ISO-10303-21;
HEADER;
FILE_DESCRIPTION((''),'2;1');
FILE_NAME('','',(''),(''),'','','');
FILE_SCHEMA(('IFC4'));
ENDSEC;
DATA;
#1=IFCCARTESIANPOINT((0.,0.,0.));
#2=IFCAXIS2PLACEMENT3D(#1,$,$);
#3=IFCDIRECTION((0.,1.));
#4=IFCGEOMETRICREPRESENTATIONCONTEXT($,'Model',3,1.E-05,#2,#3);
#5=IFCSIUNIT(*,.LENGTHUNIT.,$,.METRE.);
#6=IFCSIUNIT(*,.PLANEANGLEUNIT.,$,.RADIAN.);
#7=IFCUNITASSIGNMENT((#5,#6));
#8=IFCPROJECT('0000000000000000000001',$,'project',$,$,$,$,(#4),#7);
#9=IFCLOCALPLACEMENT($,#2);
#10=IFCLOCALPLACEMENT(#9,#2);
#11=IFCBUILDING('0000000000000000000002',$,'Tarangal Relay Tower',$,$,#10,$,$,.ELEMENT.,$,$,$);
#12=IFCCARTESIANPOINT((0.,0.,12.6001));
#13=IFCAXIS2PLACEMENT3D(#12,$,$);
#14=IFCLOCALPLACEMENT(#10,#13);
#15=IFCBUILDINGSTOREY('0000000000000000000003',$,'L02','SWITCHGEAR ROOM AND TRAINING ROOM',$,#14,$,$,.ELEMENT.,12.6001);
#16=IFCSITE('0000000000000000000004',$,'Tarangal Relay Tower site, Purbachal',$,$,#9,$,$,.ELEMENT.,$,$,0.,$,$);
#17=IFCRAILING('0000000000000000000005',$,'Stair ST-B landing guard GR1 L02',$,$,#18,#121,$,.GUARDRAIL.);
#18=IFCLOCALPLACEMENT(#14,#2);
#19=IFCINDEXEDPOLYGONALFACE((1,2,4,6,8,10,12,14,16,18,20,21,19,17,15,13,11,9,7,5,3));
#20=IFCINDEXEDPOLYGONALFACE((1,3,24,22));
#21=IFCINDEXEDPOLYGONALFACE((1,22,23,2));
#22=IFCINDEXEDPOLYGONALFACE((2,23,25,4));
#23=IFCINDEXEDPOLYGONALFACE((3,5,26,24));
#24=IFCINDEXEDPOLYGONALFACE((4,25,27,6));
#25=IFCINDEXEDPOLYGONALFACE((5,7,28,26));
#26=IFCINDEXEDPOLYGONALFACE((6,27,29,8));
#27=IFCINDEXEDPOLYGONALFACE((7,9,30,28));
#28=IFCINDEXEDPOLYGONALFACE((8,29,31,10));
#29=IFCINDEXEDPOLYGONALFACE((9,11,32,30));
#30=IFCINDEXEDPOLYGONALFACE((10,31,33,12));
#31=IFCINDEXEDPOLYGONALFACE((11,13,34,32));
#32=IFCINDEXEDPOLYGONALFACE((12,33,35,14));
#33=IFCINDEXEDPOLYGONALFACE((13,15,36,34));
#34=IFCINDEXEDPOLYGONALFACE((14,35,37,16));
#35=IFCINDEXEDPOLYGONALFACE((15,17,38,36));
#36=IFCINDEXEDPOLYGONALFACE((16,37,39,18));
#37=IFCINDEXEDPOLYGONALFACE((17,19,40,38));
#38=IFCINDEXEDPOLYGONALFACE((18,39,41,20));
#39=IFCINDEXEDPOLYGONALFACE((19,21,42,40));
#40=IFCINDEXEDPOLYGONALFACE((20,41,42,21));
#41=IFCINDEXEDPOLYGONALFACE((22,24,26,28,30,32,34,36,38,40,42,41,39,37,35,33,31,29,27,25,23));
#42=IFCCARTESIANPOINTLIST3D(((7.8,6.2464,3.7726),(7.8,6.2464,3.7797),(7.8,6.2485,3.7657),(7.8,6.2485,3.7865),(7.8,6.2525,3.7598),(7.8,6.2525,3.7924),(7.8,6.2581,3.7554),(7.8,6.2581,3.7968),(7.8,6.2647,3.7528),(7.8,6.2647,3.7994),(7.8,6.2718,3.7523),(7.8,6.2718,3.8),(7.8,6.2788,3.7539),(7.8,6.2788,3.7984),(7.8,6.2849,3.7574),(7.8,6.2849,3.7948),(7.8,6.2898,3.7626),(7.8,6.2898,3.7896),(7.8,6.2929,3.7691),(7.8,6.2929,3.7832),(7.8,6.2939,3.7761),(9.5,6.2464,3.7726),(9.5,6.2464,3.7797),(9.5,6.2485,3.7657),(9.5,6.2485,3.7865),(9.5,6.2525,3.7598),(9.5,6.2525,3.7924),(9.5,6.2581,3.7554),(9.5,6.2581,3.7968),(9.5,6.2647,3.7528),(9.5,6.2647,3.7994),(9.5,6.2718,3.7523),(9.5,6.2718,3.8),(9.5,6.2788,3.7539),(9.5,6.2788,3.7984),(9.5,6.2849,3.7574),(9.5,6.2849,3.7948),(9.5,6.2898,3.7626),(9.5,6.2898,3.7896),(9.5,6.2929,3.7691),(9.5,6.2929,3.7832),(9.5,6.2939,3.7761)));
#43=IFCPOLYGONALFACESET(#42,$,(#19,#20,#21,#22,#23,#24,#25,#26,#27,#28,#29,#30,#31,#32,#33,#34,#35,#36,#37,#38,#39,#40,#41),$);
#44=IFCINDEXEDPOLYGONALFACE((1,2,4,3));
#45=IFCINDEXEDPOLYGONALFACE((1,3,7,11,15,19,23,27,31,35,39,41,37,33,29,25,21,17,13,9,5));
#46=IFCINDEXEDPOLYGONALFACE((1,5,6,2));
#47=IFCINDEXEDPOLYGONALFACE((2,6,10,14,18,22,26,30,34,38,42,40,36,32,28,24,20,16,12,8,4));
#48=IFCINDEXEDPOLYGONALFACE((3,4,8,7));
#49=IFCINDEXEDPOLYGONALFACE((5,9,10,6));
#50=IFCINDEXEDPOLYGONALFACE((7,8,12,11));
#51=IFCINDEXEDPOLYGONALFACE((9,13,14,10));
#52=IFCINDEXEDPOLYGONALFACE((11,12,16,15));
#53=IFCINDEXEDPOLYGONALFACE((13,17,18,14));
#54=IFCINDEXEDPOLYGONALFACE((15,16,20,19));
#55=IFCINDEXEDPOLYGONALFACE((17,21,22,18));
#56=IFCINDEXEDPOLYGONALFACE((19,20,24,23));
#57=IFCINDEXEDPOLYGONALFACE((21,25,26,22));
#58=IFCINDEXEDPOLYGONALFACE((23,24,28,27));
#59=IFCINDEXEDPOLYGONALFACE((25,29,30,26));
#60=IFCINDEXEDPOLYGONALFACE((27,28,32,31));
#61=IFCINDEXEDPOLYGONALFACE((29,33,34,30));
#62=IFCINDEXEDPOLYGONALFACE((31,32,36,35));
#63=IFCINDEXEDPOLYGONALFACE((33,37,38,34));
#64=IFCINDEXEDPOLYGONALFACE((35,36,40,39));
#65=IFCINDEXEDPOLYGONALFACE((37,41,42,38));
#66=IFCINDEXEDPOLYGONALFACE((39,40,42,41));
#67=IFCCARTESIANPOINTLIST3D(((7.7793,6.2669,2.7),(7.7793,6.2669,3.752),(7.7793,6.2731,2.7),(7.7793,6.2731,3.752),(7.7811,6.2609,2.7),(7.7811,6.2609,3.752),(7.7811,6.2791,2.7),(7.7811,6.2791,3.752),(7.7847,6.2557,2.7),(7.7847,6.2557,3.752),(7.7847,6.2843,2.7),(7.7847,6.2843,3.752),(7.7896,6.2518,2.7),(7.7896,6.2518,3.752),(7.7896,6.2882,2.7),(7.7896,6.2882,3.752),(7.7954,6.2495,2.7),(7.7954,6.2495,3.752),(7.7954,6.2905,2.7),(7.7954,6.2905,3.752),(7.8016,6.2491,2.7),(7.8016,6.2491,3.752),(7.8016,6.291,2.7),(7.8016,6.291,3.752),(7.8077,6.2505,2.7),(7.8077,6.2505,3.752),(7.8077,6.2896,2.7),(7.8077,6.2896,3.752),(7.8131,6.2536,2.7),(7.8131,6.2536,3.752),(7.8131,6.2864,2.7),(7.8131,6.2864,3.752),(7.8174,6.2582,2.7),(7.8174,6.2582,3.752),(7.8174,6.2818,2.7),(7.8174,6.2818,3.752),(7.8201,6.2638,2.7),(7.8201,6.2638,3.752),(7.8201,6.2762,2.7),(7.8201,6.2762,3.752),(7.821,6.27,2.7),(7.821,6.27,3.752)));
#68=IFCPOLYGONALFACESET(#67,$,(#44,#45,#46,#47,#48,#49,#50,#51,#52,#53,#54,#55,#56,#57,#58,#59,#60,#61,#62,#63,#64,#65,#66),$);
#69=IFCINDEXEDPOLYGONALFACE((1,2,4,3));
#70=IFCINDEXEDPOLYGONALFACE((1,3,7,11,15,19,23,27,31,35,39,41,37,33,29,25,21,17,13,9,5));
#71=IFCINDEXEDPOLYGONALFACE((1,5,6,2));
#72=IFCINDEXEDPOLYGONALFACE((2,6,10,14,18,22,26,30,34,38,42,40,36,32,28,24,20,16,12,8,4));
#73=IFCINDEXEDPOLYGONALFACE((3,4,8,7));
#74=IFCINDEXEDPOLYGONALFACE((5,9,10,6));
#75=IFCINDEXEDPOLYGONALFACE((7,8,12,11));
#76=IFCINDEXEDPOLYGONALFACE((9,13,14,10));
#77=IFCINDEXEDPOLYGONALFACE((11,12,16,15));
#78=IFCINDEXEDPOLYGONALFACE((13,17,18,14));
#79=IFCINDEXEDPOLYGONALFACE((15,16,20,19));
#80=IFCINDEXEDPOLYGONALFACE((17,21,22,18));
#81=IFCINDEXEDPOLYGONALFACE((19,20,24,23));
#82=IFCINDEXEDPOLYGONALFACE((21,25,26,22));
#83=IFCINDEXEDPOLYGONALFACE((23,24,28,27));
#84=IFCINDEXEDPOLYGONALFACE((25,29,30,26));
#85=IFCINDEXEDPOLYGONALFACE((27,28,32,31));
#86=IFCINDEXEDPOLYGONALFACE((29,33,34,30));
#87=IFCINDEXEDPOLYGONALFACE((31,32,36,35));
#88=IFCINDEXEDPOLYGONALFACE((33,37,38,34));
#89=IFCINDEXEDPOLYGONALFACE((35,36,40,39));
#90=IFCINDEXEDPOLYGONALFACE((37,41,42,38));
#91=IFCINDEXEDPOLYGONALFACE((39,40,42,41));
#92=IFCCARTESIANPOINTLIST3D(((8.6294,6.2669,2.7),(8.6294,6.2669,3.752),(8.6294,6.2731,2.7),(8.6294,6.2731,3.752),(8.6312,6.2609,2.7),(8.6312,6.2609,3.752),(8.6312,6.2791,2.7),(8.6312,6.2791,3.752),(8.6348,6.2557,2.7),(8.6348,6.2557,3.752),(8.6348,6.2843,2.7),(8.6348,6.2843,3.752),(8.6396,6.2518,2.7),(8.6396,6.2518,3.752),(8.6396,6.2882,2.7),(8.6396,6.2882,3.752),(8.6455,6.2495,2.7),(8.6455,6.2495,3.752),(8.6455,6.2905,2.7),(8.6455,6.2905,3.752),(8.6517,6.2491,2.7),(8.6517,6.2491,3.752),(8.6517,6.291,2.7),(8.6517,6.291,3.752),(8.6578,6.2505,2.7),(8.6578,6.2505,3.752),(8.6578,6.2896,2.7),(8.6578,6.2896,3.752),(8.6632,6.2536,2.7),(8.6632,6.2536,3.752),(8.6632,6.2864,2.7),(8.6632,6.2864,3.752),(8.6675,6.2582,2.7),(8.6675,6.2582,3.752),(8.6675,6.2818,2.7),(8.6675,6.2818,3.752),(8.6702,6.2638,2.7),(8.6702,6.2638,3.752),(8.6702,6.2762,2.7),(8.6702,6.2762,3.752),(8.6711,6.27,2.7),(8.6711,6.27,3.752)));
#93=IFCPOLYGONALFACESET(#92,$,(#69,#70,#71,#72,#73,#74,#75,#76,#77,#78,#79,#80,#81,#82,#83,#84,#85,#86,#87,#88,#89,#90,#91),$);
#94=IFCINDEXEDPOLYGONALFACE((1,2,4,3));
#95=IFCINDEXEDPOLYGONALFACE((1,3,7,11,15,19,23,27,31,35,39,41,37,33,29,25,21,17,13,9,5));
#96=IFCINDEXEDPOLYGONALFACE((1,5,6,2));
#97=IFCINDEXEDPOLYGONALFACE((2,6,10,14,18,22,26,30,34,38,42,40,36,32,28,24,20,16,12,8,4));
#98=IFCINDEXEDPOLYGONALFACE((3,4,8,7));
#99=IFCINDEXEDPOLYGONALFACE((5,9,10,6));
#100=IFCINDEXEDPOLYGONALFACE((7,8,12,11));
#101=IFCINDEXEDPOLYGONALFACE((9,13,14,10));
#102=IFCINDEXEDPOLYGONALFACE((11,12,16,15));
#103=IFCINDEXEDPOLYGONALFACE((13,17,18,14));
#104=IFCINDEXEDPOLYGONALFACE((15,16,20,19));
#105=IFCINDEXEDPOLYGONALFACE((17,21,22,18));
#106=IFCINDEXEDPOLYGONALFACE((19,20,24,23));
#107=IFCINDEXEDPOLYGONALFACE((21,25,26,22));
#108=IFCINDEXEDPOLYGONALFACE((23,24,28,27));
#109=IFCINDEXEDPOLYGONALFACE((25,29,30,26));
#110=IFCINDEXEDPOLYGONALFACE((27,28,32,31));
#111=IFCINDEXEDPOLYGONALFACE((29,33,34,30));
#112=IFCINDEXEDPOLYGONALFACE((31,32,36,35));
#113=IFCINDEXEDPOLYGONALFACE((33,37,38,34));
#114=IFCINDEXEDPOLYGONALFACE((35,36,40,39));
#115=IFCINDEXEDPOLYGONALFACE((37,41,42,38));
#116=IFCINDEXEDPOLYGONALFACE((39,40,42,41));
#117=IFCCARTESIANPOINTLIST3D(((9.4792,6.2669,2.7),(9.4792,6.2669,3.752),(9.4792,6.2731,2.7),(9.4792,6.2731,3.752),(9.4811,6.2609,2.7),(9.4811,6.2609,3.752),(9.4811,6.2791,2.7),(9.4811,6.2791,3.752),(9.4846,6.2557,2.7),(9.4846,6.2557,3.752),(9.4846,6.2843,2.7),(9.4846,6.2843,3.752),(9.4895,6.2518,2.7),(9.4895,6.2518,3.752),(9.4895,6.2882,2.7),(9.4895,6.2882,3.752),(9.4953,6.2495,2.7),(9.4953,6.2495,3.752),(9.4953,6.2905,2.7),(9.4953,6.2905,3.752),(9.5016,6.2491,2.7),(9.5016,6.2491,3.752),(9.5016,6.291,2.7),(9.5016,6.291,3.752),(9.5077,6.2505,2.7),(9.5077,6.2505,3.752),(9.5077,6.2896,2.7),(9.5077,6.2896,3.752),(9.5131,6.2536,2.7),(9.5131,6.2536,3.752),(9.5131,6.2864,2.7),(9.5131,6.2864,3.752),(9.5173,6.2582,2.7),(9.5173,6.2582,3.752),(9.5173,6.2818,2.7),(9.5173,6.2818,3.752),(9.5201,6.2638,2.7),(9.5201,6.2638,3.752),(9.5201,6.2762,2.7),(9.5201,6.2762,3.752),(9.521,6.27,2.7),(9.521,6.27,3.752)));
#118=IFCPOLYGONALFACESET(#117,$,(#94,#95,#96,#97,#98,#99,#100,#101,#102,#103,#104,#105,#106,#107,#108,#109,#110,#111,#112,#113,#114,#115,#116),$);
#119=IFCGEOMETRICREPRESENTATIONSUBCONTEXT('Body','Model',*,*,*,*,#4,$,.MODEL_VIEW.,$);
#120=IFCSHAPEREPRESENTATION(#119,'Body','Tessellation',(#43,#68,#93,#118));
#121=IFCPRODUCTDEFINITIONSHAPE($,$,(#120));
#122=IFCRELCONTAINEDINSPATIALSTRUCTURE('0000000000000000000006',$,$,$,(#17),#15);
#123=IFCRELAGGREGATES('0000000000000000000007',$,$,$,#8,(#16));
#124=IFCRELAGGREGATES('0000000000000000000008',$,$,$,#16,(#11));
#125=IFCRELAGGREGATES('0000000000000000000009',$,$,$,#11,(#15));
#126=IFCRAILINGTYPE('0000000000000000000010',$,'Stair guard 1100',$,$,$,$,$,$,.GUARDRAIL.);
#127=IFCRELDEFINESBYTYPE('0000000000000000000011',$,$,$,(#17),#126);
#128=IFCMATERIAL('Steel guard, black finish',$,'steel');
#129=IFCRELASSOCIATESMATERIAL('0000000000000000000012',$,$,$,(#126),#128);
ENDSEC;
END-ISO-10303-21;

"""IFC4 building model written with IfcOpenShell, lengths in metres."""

from ifc_helpers import new_model, si_unit, direction, frame, origin, origin_2d, place, context, subcontext, project, spatial, circle, extrude, material, type_object, element, save


model = new_model("IFC4")

# Units and contexts
model_context = context("Model", 3, precision=1e-05, world=origin(), true_north=direction((0.0, 1.0)))
body_context = subcontext(model_context, "Body", "Model", "MODEL_VIEW")
ifc_project = project(units=[si_unit("LENGTHUNIT", "METRE"), si_unit("PLANEANGLEUNIT", "RADIAN")], contexts=[model_context])

# Site, building, storey
site_placement = place(None, origin())
site = spatial("IfcSite", under=ifc_project, at=site_placement, Name="Tarangal Relay Tower site, Purbachal", CompositionType="ELEMENT", RefElevation=0.0)
building_placement = place(site_placement, origin())
building = spatial("IfcBuilding", under=site, at=building_placement, Name="Tarangal Relay Tower", CompositionType="ELEMENT")
storey_placement = place(building_placement, frame((0.0, 0.0, 12.6001)))
storey = spatial("IfcBuildingStorey", under=building, at=storey_placement, Name="L02", Description="SWITCHGEAR ROOM AND TRAINING ROOM", CompositionType="ELEMENT", Elevation=12.6001)

# Railing
ifc_material_1 = material(Name="Steel guard, black finish", Category="steel")
railing_type_1 = type_object("IfcRailingType", Name="Stair guard 1100", PredefinedType="GUARDRAIL", material=ifc_material_1)
for number, where, name in (
    (1, (7.8, 6.27, 2.7), "Stair ST-B landing guard GR1 L02"),
):
    element("IfcRailing", number, at=place(storey_placement, frame(where)), inside=storey, type_object=railing_type_1, Name=name, PredefinedType="GUARDRAIL", context=body_context, shape_type="SweptSolid", body=[
        extrude(circle(Radius=0.0239, at=origin_2d()), frame((0.0, 0.0, 1.0762), z_axis=(1.0, 0.0, 0.0), x_axis=(0.0, 1.0, 0.0)), (0.0, 0.0, 1.0), 1.7),
        extrude(circle(Radius=0.021, at=origin_2d()), origin(), (0.0, 0.0, 1.0), 1.052),
        extrude(circle(Radius=0.021, at=origin_2d()), frame((0.8501, 0.0, 0.0)), (0.0, 0.0, 1.0), 1.052),
        extrude(circle(Radius=0.021, at=origin_2d()), frame((1.7, 0.0, 0.0)), (0.0, 0.0, 1.0), 1.052),
    ])

save(model, "model.ifc")
